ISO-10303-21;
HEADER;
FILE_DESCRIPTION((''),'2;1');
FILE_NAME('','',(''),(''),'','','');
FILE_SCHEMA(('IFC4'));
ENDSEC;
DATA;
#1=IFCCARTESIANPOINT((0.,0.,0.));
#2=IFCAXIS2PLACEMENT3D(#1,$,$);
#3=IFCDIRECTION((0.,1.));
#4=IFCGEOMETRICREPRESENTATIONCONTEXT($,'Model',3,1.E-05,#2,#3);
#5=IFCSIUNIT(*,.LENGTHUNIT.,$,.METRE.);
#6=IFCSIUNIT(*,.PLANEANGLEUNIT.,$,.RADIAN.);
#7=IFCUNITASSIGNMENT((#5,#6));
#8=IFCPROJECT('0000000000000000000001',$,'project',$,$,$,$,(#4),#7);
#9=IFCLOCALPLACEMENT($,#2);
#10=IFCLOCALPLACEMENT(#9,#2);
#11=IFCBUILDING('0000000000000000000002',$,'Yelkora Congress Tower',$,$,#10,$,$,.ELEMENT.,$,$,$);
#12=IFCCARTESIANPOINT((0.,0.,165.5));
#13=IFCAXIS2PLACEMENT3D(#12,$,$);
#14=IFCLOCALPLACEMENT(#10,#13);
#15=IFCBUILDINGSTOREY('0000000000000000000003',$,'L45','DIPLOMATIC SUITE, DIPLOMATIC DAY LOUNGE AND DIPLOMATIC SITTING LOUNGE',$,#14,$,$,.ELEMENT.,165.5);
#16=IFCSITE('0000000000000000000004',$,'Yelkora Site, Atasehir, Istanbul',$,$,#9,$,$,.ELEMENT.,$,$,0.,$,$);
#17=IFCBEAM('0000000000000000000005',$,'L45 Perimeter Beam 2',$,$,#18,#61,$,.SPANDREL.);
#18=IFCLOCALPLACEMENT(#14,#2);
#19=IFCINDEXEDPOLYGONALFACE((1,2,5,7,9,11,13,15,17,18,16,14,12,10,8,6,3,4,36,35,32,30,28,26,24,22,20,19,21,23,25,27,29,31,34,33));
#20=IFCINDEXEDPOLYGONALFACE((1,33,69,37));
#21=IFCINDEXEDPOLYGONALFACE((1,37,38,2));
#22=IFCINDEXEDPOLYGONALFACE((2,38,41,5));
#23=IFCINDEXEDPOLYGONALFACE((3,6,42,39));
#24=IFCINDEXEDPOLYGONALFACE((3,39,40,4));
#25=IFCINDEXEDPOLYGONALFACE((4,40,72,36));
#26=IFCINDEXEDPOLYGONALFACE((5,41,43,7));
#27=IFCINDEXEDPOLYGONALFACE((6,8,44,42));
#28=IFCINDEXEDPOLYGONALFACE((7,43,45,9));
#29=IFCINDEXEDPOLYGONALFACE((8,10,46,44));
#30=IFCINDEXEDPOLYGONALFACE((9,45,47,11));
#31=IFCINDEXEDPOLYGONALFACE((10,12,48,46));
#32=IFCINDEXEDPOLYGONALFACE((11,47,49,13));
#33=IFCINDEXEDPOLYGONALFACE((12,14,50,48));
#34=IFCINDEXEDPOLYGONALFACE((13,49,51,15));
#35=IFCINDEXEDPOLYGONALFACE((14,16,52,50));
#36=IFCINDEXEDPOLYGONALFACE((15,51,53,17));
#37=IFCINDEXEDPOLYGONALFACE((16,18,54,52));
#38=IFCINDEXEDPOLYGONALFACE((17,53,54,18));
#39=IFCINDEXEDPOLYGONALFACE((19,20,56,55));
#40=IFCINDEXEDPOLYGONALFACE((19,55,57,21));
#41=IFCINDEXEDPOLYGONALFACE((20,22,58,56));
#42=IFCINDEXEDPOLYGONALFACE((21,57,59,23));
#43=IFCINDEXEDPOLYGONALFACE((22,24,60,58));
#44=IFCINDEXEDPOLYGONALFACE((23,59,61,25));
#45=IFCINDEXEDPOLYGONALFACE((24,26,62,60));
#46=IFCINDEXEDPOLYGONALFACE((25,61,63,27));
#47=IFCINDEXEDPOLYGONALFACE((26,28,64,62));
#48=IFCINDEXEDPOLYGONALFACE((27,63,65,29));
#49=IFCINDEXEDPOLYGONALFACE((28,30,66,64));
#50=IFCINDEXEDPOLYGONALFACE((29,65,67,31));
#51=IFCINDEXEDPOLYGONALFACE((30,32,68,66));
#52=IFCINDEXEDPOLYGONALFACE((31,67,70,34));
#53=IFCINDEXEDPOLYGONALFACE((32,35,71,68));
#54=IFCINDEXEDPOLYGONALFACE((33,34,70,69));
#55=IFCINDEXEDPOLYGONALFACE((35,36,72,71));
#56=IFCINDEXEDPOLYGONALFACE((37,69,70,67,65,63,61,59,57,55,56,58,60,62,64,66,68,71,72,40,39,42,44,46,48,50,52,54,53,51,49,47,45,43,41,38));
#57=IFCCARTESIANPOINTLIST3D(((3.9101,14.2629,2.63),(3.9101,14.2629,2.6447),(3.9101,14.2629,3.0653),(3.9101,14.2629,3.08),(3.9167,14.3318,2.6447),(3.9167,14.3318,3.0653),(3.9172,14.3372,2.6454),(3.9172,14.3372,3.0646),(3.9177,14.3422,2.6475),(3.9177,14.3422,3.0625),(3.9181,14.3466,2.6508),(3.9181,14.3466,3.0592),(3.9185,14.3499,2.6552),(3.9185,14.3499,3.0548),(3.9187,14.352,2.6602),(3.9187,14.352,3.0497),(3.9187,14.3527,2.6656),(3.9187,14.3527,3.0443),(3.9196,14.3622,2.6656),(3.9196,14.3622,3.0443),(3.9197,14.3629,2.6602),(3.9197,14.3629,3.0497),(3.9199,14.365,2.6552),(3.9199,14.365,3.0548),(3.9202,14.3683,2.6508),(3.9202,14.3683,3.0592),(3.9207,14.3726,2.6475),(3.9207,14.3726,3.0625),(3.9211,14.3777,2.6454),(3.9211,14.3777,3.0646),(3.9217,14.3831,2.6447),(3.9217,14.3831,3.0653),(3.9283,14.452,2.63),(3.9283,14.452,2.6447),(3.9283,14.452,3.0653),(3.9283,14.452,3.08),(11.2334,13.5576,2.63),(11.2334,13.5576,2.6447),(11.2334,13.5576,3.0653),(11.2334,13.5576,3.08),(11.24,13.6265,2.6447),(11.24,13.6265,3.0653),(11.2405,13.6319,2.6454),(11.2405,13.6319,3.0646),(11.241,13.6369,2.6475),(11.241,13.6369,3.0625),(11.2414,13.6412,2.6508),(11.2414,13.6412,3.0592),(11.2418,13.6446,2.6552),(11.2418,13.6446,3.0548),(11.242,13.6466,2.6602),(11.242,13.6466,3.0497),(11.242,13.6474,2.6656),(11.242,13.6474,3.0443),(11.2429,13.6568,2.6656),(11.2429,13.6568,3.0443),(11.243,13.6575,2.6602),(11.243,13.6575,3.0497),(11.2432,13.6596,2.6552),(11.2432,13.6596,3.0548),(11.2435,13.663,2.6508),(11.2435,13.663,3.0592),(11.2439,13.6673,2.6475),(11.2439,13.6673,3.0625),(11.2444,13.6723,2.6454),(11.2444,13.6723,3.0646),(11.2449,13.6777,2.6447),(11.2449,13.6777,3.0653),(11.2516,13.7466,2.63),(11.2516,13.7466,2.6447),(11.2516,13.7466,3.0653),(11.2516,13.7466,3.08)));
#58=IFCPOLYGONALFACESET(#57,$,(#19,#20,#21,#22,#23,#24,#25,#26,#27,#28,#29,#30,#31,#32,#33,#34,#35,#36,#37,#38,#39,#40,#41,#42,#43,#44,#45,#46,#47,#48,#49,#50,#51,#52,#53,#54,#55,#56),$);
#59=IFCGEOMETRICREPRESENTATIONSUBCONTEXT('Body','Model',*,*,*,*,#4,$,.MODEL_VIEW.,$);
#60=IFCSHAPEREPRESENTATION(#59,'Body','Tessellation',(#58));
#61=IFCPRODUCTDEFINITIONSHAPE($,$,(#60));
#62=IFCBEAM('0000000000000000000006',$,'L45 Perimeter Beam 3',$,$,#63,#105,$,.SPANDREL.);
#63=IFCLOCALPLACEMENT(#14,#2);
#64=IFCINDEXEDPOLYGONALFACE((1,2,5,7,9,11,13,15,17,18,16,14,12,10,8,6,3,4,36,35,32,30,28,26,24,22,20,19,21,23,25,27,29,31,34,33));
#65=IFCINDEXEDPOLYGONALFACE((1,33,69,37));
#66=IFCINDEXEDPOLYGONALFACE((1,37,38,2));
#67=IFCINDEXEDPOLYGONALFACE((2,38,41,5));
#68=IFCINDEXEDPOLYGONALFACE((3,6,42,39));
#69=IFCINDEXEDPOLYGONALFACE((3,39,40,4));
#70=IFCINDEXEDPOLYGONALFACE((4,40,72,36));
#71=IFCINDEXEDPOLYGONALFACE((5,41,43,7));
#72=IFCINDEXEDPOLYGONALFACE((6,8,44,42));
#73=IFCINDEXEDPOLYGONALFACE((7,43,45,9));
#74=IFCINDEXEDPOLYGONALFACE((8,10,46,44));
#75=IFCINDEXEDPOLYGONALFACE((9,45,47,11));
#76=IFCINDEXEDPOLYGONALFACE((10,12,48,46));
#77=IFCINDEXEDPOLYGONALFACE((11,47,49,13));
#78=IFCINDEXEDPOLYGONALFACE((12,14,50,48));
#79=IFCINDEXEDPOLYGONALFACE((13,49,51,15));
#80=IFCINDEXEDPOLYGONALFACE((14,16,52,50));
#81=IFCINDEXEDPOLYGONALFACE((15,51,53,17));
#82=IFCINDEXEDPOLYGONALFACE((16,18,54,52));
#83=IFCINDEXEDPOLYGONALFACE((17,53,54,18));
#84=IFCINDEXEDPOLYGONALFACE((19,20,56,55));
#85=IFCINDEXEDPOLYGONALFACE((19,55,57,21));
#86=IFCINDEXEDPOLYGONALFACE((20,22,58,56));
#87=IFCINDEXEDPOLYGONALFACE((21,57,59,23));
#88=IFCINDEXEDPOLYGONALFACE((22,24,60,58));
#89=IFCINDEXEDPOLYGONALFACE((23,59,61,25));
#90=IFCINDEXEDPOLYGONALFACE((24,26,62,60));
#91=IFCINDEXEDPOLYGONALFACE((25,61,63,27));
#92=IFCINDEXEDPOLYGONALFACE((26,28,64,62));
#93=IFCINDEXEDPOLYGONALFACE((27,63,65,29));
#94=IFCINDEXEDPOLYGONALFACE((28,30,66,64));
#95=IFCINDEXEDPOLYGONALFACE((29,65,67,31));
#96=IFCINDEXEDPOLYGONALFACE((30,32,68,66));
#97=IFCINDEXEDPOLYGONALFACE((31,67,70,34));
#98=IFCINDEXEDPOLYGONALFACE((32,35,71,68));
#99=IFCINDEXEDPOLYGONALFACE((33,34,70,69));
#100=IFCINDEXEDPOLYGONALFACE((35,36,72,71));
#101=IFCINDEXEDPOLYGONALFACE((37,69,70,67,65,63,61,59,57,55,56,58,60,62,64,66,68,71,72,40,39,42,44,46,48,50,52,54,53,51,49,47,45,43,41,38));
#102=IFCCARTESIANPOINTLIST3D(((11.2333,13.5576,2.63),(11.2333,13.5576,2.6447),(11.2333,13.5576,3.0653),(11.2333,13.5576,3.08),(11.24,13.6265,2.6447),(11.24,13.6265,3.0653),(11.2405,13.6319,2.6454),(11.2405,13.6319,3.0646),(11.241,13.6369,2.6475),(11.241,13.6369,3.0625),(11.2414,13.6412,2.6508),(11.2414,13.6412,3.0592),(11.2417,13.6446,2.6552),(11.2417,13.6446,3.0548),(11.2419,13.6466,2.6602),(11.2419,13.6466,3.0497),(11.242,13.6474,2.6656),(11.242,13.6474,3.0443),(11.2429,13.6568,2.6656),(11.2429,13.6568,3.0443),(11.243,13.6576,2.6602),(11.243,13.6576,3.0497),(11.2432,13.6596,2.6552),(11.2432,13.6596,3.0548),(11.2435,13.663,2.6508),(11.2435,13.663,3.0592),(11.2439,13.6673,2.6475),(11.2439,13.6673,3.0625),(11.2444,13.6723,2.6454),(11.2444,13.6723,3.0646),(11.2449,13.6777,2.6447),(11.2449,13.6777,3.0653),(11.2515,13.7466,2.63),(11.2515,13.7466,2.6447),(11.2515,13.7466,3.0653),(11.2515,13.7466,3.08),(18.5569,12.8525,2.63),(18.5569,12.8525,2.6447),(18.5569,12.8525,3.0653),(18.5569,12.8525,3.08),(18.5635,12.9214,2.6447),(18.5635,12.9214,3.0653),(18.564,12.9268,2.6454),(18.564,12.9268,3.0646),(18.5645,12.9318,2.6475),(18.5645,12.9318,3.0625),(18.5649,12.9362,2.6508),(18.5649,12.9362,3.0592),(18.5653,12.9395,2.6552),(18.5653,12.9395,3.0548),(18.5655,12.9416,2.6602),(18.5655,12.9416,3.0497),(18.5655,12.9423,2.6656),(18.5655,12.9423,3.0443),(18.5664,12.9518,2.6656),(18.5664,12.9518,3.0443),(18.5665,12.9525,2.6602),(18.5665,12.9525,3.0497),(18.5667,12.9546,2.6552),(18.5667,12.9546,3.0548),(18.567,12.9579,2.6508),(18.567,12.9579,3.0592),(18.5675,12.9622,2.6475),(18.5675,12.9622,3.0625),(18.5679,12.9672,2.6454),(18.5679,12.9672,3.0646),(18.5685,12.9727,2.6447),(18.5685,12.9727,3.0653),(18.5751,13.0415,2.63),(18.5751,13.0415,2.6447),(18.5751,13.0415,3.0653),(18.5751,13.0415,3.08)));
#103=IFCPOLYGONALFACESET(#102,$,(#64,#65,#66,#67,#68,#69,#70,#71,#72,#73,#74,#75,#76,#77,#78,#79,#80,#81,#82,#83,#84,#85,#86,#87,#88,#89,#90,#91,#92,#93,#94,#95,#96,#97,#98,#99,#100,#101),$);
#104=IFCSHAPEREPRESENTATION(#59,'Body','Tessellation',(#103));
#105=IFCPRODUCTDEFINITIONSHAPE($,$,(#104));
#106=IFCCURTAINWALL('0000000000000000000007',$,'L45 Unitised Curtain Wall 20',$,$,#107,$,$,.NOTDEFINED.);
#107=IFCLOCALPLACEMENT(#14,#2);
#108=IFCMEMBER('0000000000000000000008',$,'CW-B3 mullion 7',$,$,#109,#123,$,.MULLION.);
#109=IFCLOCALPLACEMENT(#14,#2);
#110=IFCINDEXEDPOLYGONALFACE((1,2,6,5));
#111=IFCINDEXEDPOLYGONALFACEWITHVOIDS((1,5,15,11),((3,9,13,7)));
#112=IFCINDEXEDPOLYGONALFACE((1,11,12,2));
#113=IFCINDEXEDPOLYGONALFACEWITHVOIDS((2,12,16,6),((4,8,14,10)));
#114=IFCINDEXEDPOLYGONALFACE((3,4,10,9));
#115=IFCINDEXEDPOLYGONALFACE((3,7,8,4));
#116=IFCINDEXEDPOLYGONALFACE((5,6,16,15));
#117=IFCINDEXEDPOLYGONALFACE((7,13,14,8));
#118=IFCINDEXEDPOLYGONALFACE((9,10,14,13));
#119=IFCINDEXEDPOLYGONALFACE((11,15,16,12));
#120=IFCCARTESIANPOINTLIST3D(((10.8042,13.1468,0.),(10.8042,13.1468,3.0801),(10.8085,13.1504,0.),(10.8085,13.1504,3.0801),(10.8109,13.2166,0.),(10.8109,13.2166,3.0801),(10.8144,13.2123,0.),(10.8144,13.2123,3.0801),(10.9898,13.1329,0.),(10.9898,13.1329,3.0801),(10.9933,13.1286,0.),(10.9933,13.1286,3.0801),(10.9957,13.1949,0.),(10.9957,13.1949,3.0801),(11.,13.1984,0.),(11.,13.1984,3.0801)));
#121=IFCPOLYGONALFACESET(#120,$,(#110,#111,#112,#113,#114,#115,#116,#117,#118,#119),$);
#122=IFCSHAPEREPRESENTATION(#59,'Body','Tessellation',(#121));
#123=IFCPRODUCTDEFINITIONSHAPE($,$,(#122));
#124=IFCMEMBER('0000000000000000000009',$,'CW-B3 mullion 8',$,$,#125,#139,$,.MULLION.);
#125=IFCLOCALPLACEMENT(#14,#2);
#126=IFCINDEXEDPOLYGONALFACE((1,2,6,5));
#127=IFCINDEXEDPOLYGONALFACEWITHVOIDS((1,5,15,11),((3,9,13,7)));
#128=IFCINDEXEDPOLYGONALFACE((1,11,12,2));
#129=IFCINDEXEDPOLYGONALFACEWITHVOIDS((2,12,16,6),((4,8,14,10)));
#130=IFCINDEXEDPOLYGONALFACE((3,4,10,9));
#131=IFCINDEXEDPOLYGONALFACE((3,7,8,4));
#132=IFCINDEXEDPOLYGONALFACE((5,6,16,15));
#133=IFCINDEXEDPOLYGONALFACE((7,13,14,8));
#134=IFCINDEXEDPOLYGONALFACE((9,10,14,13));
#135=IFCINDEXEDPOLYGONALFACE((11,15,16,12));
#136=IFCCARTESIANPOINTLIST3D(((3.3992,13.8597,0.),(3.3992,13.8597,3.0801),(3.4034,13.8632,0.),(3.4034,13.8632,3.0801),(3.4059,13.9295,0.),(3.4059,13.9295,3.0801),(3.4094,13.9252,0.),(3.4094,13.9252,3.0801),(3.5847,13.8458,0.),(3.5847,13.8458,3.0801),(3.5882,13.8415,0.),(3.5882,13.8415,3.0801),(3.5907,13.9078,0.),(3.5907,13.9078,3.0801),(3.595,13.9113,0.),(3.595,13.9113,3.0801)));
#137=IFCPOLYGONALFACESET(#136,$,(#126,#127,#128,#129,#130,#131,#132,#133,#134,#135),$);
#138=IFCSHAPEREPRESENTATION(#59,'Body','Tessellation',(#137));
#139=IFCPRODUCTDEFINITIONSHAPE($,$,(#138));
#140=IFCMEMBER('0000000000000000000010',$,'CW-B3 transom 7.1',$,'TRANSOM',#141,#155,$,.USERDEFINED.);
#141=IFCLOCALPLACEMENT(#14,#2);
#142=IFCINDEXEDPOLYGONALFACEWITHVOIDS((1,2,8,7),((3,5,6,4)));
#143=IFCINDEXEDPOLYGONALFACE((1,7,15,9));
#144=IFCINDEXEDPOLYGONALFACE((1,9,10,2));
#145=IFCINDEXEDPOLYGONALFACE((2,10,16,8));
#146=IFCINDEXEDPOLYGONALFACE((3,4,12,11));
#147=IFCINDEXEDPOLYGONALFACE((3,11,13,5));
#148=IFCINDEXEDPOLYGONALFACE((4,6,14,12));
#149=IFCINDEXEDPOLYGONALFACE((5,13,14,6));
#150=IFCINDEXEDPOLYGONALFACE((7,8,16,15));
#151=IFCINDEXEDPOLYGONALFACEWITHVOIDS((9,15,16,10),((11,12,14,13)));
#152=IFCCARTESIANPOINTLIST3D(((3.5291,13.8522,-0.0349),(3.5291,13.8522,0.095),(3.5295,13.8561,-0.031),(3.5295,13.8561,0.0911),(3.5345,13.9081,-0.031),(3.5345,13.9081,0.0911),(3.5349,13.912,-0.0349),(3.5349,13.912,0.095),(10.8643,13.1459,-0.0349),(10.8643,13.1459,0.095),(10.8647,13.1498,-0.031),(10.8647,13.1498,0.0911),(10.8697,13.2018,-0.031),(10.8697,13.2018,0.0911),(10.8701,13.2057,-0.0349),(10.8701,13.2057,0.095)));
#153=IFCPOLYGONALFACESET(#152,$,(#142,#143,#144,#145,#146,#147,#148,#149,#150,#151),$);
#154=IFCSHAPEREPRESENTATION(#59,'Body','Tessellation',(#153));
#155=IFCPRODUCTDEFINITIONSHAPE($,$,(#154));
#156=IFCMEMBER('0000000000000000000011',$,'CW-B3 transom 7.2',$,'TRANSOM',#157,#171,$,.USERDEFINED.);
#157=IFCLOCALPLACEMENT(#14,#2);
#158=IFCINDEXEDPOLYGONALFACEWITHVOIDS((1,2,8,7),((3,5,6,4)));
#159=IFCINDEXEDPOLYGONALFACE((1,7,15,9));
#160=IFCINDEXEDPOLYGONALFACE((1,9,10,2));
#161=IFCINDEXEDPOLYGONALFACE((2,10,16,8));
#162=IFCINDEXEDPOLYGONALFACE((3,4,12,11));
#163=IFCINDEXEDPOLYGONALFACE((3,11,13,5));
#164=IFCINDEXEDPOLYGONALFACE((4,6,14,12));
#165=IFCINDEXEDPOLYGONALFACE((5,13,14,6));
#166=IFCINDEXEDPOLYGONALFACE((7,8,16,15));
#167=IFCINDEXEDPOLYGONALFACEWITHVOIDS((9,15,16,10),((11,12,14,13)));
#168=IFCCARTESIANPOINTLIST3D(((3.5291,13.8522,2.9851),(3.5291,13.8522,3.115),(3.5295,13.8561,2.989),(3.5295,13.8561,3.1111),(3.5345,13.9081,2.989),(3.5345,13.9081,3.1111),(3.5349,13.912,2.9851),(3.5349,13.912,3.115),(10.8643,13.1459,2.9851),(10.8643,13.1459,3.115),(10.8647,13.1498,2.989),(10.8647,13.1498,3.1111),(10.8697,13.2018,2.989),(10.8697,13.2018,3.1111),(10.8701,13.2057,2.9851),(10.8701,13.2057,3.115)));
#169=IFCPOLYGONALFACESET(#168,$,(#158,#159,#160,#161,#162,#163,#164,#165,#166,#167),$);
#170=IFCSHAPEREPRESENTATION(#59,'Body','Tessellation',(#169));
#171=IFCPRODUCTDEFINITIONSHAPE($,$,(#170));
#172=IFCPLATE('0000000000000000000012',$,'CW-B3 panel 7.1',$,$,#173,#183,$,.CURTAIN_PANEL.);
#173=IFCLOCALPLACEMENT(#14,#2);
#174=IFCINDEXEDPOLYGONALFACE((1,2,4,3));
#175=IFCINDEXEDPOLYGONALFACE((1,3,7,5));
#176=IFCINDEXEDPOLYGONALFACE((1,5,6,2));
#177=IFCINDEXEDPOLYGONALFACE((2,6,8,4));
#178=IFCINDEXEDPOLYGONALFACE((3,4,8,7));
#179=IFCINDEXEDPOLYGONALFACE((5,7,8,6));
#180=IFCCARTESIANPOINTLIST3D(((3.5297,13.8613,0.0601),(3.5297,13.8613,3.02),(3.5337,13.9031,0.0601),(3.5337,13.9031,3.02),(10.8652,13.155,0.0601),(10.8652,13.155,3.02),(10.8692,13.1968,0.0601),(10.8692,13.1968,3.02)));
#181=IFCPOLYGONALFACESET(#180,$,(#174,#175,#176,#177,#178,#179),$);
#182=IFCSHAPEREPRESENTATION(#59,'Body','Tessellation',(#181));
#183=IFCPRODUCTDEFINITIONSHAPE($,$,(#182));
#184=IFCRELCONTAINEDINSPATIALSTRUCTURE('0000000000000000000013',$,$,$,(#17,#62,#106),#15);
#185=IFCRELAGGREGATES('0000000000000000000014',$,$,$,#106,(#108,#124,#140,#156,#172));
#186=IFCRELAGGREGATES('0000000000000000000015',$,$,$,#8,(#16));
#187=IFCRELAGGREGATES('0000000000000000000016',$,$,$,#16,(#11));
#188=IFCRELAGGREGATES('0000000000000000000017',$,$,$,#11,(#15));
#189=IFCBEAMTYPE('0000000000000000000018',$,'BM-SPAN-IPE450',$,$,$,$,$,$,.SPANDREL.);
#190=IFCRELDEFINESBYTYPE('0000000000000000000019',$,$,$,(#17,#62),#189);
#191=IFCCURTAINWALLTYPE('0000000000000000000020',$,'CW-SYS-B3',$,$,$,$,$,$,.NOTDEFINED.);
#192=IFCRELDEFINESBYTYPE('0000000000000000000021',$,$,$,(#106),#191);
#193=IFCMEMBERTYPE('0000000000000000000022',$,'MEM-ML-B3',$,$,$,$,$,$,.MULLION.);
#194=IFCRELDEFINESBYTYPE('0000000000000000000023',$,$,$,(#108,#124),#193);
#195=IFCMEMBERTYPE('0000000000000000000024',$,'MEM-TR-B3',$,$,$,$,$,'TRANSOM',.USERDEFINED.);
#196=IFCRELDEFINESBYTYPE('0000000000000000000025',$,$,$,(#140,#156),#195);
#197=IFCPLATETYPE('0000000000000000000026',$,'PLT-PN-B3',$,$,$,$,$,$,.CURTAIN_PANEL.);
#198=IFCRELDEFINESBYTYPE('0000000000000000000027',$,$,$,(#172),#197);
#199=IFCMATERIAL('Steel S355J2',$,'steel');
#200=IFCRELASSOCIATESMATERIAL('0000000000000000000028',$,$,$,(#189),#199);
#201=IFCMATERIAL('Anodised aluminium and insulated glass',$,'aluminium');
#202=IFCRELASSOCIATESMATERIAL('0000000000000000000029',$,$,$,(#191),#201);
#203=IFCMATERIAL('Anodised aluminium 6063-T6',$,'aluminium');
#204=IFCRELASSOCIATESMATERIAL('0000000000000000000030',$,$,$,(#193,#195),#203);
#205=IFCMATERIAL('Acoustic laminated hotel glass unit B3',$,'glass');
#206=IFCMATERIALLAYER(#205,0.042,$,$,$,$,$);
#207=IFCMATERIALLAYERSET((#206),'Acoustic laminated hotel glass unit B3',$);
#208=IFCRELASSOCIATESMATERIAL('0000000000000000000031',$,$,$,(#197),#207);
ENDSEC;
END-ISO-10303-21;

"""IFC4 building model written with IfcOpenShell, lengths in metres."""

from ifc_helpers import new_model, si_unit, direction, frame, origin, origin_2d, place, context, subcontext, project, spatial, rectangle, hollow_rectangle, i_section, extrude, material, layer, layer_set, material_profile, profile_set, type_object, element, aggregate, save


model = new_model("IFC4")

# Units and contexts
model_context = context("Model", 3, precision=1e-05, world=origin(), true_north=direction((0.0, 1.0)))
body_context = subcontext(model_context, "Body", "Model", "MODEL_VIEW")
ifc_project = project(units=[si_unit("LENGTHUNIT", "METRE"), si_unit("PLANEANGLEUNIT", "RADIAN")], contexts=[model_context])

# Site, building, storey
site_placement = place(None, origin())
site = spatial("IfcSite", under=ifc_project, at=site_placement, Name="Yelkora Site, Atasehir, Istanbul", CompositionType="ELEMENT", RefElevation=0.0)
building_placement = place(site_placement, origin())
building = spatial("IfcBuilding", under=site, at=building_placement, Name="Yelkora Congress Tower", CompositionType="ELEMENT")
storey_placement = place(building_placement, frame((0.0, 0.0, 165.5)))
storey = spatial("IfcBuildingStorey", under=building, at=storey_placement, Name="L45", Description="DIPLOMATIC SUITE, DIPLOMATIC DAY LOUNGE AND DIPLOMATIC SITTING LOUNGE", CompositionType="ELEMENT", Elevation=165.5)

# Beams
ifc_material_1 = material(Name="Steel S355J2", Category="steel")
ifc_material_profile_1 = material_profile(ifc_material_1, i_section(OverallWidth=0.1899, OverallDepth=0.45, WebThickness=0.0095, FlangeThickness=0.0146, FilletRadius=0.021, at=origin_2d()), Name="IPE 450")
ifc_profile_set_1 = profile_set([ifc_material_profile_1], Name="Steel S355J2")
beam_type_1 = type_object("IfcBeamType", Name="BM-SPAN-IPE450", PredefinedType="SPANDREL", material=ifc_profile_set_1)
beam_1_placement = place(storey_placement, frame((3.9192, 14.3574, 2.855), z_axis=(0.995394, -0.095869, 0.0), x_axis=(0.095869, 0.995394, 0.0)))
element("IfcBeam", 1, at=beam_1_placement, inside=storey, type_object=beam_type_1, Name="L45 Perimeter Beam 2", PredefinedType="SPANDREL", context=body_context, shape_type="SweptSolid", body=[
    extrude(i_section(OverallWidth=0.1899, OverallDepth=0.45, WebThickness=0.0095, FlangeThickness=0.0146, FilletRadius=0.021, at=origin_2d()), origin(), (0.0, 0.0, 1.0), 7.3572),
])
beam_2_placement = place(storey_placement, frame((11.2424, 13.6521, 2.855), z_axis=(0.995397, -0.095833, 0.0), x_axis=(0.095833, 0.995397, 0.0)))
element("IfcBeam", 2, at=beam_2_placement, inside=storey, type_object=beam_type_1, Name="L45 Perimeter Beam 3", PredefinedType="SPANDREL", context=body_context, shape_type="SweptSolid", body=[
    extrude(i_section(OverallWidth=0.1899, OverallDepth=0.45, WebThickness=0.0095, FlangeThickness=0.0146, FilletRadius=0.021, at=origin_2d()), origin(), (0.0, 0.0, 1.0), 7.3574),
])

# Curtain wall, members, plate
ifc_material_2 = material(Name="Anodised aluminium and insulated glass", Category="aluminium")
curtain_wall_type = type_object("IfcCurtainWallType", Name="CW-SYS-B3", PredefinedType="NOTDEFINED", material=ifc_material_2)
curtain_wall_placement = place(storey_placement, origin())
curtain_wall = element("IfcCurtainWall", 3, at=curtain_wall_placement, inside=storey, type_object=curtain_wall_type, Name="L45 Unitised Curtain Wall 20", PredefinedType="NOTDEFINED")
ifc_material_3 = material(Name="Anodised aluminium 6063-T6", Category="aluminium")
ifc_material_profile_2 = material_profile(ifc_material_3, hollow_rectangle(XDim=0.0701, YDim=0.1899, WallThickness=0.0039, at=origin_2d()), Name="ALU 70x190x4")
ifc_profile_set_2 = profile_set([ifc_material_profile_2], Name="Anodised aluminium 6063-T6")
member_type_1 = type_object("IfcMemberType", Name="MEM-ML-B3", PredefinedType="MULLION", material=ifc_profile_set_2)
member_1_placement = place(storey_placement, frame((10.9021, 13.1726, 0.0), z_axis=(0.0, 0.0, 1.0), x_axis=(-0.095845, -0.995396, 0.0)))
member_1 = element("IfcMember", 4, at=member_1_placement, type_object=member_type_1, Name="CW-B3 mullion 7", PredefinedType="MULLION", context=body_context, shape_type="SweptSolid", body=[
    extrude(hollow_rectangle(XDim=0.0701, YDim=0.1899, WallThickness=0.0039, at=origin_2d()), origin(), (0.0, 0.0, 1.0), 3.0801),
])
member_2_placement = place(storey_placement, frame((3.4971, 13.8855, 0.0), z_axis=(0.0, 0.0, 1.0), x_axis=(-0.095845, -0.995396, 0.0)))
member_2 = element("IfcMember", 5, at=member_2_placement, type_object=member_type_1, Name="CW-B3 mullion 8", PredefinedType="MULLION", context=body_context, shape_type="SweptSolid", body=[
    extrude(hollow_rectangle(XDim=0.0701, YDim=0.1899, WallThickness=0.0039, at=origin_2d()), origin(), (0.0, 0.0, 1.0), 3.0801),
])
ifc_material_profile_3 = material_profile(ifc_material_3, hollow_rectangle(XDim=0.0601, YDim=0.1299, WallThickness=0.0039, at=origin_2d()), Name="ALU 60x130x4")
ifc_profile_set_3 = profile_set([ifc_material_profile_3], Name="Anodised aluminium 6063-T6")
member_type_2 = type_object("IfcMemberType", Name="MEM-TR-B3", ElementType="TRANSOM", PredefinedType="USERDEFINED", material=ifc_profile_set_3)
member_3_placement = place(storey_placement, frame((10.8672, 13.1758, 0.03), z_axis=(-0.995396, 0.095846, 0.0), x_axis=(-0.095846, -0.995396, 0.0)))
member_3 = element("IfcMember", 6, at=member_3_placement, type_object=member_type_2, Name="CW-B3 transom 7.1", ObjectType="TRANSOM", PredefinedType="USERDEFINED", context=body_context, shape_type="SweptSolid", body=[
    extrude(hollow_rectangle(XDim=0.0601, YDim=0.1299, WallThickness=0.0039, at=origin_2d()), origin(), (0.0, 0.0, 1.0), 7.3691),
])
member_4_placement = place(storey_placement, frame((10.8672, 13.1758, 3.05), z_axis=(-0.995396, 0.095846, 0.0), x_axis=(-0.095846, -0.995396, 0.0)))
member_4 = element("IfcMember", 7, at=member_4_placement, type_object=member_type_2, Name="CW-B3 transom 7.2", ObjectType="TRANSOM", PredefinedType="USERDEFINED", context=body_context, shape_type="SweptSolid", body=[
    extrude(hollow_rectangle(XDim=0.0601, YDim=0.1299, WallThickness=0.0039, at=origin_2d()), origin(), (0.0, 0.0, 1.0), 7.3691),
])
ifc_material_4 = material(Name="Acoustic laminated hotel glass unit B3", Category="glass")
ifc_layer_1 = layer(ifc_material_4, 0.042)
ifc_layer_set_1 = layer_set([ifc_layer_1], Name="Acoustic laminated hotel glass unit B3")
plate_type = type_object("IfcPlateType", Name="PLT-PN-B3", PredefinedType="CURTAIN_PANEL", material=ifc_layer_set_1)
plate_placement = place(storey_placement, frame((7.1995, 13.5291, 0.0601), z_axis=(0.0, 0.0, 1.0), x_axis=(-0.995396, 0.095845, 0.0)))
plate = element("IfcPlate", 8, at=plate_placement, type_object=plate_type, Name="CW-B3 panel 7.1", PredefinedType="CURTAIN_PANEL", context=body_context, shape_type="SweptSolid", body=[
    extrude(rectangle(XDim=7.3694, YDim=0.042, at=origin_2d()), origin(), (0.0, 0.0, 1.0), 2.96),
])
aggregate(curtain_wall, [member_1, member_2, member_3, member_4, plate])

save(model, "model.ifc")
